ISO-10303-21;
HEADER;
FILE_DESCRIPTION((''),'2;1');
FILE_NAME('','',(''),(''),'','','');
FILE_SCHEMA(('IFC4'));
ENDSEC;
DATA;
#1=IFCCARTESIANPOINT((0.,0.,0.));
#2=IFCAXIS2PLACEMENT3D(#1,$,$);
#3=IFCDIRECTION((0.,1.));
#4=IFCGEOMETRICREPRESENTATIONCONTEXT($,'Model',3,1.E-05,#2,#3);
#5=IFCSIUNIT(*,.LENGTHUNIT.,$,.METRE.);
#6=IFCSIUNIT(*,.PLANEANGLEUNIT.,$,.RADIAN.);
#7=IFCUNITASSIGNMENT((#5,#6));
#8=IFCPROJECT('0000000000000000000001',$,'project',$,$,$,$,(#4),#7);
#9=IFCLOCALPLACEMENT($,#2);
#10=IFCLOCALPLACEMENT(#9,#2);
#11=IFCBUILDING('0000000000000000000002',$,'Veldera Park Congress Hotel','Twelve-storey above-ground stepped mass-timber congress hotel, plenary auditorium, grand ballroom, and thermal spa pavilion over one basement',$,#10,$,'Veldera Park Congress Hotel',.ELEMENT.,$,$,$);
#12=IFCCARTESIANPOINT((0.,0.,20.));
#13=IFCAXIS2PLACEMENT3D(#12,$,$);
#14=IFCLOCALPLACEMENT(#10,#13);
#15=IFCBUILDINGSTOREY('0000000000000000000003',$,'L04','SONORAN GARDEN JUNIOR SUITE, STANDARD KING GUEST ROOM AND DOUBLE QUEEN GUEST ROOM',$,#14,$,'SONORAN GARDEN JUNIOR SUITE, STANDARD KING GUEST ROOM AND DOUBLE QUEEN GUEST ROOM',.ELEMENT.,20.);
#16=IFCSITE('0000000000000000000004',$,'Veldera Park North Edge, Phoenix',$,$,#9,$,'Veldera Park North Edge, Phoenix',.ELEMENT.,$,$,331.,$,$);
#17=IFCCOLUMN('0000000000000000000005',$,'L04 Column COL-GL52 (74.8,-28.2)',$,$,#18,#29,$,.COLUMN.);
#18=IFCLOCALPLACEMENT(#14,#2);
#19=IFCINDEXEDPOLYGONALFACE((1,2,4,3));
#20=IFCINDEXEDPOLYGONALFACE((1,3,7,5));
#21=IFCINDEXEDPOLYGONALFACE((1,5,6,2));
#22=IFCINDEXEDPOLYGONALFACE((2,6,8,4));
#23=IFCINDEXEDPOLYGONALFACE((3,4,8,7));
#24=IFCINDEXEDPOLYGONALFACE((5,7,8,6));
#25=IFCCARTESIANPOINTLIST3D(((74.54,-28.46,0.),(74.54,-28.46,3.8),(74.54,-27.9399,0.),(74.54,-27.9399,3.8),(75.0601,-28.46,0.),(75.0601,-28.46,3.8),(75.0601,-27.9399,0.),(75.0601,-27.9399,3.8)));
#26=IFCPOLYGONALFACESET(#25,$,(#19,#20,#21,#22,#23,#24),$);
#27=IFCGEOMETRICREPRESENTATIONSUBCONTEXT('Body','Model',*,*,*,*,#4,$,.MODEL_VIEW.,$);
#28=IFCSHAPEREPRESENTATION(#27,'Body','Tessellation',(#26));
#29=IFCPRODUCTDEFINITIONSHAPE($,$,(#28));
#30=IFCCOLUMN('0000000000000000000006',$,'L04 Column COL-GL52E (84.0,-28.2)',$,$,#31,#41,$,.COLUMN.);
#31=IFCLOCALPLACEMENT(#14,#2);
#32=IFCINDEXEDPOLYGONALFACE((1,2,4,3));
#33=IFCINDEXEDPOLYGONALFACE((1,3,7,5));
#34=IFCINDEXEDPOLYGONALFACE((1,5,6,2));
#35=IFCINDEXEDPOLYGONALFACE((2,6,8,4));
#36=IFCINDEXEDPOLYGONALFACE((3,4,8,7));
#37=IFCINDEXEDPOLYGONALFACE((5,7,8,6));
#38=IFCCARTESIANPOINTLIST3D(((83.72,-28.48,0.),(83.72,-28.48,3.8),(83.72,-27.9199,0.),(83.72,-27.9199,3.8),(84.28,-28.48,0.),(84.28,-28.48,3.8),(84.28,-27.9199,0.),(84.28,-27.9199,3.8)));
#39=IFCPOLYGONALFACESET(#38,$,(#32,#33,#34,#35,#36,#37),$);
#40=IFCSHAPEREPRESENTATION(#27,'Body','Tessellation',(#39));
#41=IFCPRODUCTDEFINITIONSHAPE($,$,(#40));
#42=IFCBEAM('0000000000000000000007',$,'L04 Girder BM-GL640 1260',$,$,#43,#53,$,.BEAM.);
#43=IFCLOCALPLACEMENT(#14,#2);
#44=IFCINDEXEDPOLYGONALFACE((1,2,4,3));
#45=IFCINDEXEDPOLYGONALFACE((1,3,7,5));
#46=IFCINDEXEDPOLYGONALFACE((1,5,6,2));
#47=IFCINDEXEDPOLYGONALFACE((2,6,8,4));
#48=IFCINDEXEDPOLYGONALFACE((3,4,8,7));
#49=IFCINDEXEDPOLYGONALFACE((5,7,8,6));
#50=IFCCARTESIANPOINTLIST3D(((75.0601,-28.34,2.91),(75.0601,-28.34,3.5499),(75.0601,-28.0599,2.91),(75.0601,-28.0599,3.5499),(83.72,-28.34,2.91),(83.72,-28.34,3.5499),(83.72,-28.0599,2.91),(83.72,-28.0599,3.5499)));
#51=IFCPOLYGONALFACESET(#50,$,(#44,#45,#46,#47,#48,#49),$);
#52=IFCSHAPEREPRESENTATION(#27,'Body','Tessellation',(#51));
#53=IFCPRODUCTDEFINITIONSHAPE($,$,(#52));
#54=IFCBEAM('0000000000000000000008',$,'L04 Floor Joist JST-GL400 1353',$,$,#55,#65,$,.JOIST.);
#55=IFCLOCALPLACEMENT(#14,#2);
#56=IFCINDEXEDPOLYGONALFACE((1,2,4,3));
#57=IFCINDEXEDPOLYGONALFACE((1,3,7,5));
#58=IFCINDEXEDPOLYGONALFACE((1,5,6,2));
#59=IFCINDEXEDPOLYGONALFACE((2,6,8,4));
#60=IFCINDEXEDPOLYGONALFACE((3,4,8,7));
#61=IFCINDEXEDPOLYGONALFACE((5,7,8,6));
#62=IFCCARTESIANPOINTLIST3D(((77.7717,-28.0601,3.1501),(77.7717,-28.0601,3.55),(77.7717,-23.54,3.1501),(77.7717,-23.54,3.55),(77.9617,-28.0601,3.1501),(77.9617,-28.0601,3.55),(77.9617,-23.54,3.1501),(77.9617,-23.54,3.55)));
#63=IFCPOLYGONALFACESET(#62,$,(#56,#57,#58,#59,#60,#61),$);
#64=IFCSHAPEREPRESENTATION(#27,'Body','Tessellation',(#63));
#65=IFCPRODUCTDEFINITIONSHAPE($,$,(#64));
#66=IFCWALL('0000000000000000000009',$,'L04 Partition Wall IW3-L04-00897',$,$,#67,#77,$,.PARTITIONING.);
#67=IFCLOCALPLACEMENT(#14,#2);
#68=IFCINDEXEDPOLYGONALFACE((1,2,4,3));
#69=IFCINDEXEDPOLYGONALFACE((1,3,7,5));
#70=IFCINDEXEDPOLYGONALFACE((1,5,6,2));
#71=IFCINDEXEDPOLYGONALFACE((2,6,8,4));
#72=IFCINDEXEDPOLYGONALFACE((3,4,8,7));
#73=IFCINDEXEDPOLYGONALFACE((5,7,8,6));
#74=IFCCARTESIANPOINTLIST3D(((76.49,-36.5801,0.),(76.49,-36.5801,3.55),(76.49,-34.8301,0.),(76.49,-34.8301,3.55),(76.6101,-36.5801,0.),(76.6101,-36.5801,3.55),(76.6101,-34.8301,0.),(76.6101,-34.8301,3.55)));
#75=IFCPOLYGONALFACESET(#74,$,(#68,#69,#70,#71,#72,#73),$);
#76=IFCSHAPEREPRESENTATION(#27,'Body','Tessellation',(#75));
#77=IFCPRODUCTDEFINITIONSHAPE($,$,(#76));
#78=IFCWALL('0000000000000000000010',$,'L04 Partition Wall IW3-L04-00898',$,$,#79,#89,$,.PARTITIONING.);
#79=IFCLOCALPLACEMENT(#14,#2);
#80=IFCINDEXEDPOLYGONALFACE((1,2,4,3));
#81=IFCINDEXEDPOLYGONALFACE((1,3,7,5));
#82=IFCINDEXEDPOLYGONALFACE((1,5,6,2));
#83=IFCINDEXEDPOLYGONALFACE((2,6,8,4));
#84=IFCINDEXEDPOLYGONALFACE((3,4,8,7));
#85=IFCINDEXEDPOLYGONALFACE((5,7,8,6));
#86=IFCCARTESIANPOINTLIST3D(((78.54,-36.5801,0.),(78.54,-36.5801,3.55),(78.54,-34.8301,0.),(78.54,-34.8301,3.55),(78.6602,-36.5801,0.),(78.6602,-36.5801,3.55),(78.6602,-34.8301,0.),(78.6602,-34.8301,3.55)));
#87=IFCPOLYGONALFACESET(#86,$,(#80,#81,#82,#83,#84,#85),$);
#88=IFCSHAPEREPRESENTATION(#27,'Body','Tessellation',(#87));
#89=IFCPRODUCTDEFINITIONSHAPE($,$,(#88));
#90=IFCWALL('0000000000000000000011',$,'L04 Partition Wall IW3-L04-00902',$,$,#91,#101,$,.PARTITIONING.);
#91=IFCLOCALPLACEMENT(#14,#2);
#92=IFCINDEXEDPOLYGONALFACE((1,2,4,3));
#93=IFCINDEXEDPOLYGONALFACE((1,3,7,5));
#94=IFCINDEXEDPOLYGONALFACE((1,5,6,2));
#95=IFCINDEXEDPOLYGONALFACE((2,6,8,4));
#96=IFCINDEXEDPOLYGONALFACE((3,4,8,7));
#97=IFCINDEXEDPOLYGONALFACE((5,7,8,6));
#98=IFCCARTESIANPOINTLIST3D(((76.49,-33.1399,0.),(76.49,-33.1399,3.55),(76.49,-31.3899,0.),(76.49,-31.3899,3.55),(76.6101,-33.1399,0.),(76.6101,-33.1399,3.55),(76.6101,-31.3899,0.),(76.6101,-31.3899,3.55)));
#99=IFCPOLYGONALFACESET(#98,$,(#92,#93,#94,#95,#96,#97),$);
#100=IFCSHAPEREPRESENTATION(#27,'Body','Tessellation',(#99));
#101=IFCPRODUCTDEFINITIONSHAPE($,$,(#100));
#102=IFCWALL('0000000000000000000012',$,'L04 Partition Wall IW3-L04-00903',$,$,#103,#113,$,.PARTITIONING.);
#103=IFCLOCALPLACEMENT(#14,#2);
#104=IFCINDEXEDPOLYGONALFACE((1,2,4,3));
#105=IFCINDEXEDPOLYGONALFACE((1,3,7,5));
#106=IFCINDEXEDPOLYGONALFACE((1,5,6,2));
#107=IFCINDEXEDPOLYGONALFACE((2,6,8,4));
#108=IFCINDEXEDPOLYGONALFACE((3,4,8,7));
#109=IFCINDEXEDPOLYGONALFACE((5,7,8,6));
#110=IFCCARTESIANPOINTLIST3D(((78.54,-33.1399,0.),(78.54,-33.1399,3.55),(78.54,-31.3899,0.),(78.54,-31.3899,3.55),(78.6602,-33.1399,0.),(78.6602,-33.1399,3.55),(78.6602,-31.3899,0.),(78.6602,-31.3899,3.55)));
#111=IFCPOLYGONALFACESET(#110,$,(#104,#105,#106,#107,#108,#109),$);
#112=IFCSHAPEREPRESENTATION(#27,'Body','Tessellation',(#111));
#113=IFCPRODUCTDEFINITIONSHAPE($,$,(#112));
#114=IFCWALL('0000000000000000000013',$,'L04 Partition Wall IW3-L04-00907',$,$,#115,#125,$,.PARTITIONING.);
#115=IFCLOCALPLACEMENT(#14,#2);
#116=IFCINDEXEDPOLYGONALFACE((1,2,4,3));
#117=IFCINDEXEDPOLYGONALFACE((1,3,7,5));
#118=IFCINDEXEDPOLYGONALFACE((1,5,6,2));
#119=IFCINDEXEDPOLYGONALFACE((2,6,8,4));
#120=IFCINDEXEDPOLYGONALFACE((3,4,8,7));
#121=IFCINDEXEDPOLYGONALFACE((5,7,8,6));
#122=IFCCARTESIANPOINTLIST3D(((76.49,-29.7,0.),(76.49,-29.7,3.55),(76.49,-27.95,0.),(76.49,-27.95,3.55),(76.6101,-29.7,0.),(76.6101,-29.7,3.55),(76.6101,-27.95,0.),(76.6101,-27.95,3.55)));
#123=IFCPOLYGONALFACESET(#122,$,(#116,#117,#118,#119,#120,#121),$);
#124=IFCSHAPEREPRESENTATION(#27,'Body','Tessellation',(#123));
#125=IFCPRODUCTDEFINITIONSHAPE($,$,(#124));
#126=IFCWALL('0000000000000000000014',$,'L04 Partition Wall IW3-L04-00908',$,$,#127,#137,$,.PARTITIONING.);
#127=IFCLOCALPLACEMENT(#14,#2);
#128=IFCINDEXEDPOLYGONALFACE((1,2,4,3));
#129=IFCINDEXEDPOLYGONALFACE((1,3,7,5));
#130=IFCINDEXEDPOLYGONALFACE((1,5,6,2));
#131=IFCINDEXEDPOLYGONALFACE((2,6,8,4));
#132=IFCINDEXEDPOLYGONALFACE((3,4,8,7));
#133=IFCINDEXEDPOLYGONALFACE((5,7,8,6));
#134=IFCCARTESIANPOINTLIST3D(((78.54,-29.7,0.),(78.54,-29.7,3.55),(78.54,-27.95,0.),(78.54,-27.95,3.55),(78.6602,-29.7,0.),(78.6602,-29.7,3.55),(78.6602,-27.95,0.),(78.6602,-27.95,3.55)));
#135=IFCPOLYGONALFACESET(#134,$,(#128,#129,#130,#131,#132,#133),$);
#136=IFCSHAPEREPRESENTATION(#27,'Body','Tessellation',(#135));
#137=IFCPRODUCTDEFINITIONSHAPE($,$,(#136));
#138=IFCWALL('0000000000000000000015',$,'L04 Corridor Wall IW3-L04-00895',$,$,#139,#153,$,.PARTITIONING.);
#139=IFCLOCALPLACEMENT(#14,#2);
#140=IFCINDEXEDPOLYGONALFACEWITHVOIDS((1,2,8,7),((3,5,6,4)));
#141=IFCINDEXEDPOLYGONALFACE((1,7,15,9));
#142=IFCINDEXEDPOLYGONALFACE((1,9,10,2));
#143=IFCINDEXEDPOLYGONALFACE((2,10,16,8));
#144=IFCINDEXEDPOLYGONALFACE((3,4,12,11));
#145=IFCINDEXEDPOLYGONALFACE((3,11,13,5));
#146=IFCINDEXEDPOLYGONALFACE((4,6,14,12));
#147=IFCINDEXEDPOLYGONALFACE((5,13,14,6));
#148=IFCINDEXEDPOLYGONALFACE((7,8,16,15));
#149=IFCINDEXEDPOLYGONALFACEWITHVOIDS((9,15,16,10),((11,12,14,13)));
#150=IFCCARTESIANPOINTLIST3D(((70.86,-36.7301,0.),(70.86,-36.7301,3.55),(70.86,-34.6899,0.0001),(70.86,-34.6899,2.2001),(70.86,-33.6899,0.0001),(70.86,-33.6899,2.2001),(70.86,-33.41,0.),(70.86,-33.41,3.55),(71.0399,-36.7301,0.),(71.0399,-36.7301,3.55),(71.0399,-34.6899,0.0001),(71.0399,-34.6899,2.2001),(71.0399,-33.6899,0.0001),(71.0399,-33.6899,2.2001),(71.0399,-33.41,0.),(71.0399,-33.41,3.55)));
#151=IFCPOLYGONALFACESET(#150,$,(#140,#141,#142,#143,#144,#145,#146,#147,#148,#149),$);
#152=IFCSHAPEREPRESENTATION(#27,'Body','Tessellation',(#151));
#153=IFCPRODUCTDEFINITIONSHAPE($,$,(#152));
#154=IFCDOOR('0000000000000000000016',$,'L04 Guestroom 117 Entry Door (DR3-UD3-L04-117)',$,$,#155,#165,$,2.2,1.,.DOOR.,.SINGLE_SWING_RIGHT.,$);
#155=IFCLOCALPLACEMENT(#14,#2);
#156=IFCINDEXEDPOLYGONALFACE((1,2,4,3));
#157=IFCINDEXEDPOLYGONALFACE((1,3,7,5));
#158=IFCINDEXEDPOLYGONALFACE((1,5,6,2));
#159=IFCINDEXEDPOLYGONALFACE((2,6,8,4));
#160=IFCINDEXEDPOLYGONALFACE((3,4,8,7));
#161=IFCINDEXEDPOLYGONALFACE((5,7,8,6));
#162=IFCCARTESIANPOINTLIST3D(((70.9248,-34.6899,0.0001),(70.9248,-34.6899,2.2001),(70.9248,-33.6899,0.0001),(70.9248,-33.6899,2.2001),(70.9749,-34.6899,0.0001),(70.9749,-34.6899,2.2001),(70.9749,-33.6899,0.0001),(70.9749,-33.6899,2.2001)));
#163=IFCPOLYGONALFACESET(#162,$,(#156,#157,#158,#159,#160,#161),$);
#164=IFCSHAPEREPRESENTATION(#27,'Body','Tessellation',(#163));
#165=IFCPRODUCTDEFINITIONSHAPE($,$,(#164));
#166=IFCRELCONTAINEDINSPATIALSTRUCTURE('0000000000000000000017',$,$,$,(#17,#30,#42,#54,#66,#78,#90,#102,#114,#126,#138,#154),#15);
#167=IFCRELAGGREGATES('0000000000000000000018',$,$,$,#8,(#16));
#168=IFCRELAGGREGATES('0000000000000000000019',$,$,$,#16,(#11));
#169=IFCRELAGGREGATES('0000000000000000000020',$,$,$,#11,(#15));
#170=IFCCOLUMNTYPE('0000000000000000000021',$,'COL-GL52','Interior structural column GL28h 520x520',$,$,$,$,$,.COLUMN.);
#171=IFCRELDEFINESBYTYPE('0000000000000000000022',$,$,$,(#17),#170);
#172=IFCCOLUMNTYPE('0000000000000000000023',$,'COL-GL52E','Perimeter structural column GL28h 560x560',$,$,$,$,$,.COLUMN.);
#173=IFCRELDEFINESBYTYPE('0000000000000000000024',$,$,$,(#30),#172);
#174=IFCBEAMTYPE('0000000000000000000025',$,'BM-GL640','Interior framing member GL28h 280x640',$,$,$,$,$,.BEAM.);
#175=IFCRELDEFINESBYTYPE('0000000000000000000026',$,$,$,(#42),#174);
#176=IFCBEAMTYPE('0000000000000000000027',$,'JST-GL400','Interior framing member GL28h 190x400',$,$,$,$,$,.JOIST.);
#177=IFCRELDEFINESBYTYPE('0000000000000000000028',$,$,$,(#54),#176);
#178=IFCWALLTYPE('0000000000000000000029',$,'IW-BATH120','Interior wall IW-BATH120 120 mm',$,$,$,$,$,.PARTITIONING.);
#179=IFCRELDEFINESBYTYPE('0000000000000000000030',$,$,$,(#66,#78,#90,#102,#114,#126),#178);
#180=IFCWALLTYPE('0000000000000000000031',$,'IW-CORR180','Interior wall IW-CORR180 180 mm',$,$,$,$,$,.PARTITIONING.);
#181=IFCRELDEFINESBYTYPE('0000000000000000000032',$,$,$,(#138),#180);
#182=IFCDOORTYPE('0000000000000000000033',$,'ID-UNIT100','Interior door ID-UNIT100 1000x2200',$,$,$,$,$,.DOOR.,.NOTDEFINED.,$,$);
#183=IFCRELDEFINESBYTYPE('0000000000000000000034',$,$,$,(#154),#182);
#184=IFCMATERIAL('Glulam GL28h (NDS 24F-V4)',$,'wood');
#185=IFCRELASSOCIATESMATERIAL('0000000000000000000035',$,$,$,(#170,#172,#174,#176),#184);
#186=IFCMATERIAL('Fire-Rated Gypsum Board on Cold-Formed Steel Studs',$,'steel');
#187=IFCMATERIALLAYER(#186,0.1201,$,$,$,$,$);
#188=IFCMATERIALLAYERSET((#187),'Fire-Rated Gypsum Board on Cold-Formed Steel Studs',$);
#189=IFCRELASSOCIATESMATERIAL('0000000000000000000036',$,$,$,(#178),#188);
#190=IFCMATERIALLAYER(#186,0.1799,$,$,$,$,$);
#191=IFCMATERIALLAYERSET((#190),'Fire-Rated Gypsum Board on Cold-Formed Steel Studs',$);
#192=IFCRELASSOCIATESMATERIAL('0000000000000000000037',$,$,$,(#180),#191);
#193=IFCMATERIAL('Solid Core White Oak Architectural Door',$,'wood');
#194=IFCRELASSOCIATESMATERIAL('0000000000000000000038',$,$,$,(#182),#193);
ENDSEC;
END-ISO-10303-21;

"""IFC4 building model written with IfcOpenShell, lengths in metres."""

from ifc_helpers import new_model, si_unit, direction, frame, frame_2d, origin, origin_2d, place, context, subcontext, project, spatial, rectangle, extrude, material, layer, layer_set, material_profile, profile_set, type_object, element, fill, save


model = new_model("IFC4")

# Units and contexts
model_context = context("Model", 3, precision=1e-05, world=origin(), true_north=direction((0.0, 1.0)))
body_context = subcontext(model_context, "Body", "Model", "MODEL_VIEW")
ifc_project = project(units=[si_unit("LENGTHUNIT", "METRE"), si_unit("PLANEANGLEUNIT", "RADIAN")], contexts=[model_context])

# Site, building, storey
site_placement = place(None, origin())
site = spatial("IfcSite", under=ifc_project, at=site_placement, Name="Veldera Park North Edge, Phoenix", LongName="Veldera Park North Edge, Phoenix", CompositionType="ELEMENT", RefElevation=331.0)
building_placement = place(site_placement, origin())
building = spatial("IfcBuilding", under=site, at=building_placement, Name="Veldera Park Congress Hotel", Description="Twelve-storey above-ground stepped mass-timber congress hotel, plenary auditorium, grand ballroom, and thermal spa pavilion over one basement", LongName="Veldera Park Congress Hotel", CompositionType="ELEMENT")
storey_placement = place(building_placement, frame((0.0, 0.0, 20.0)))
storey = spatial("IfcBuildingStorey", under=building, at=storey_placement, Name="L04", Description="SONORAN GARDEN JUNIOR SUITE, STANDARD KING GUEST ROOM AND DOUBLE QUEEN GUEST ROOM", LongName="SONORAN GARDEN JUNIOR SUITE, STANDARD KING GUEST ROOM AND DOUBLE QUEEN GUEST ROOM", CompositionType="ELEMENT", Elevation=20.0)

# Columns
ifc_material_1 = material(Name="Glulam GL28h (NDS 24F-V4)", Category="wood")
ifc_material_profile_1 = material_profile(ifc_material_1, rectangle(XDim=0.52, YDim=0.52, at=origin_2d()), Name="GL28h 520x520")
ifc_profile_set_1 = profile_set([ifc_material_profile_1], Name="Glulam GL28h (NDS 24F-V4)")
column_type_1 = type_object("IfcColumnType", Name="COL-GL52", Description="Interior structural column GL28h 520x520", PredefinedType="COLUMN", material=ifc_profile_set_1)
column_1_placement = place(storey_placement, frame((74.8, -28.2, 0.0), z_axis=(0.0, 0.0, 1.0), x_axis=(1.0, 0.0, 0.0)))
element("IfcColumn", 1, at=column_1_placement, inside=storey, type_object=column_type_1, Name="L04 Column COL-GL52 (74.8,-28.2)", PredefinedType="COLUMN", context=body_context, shape_type="SweptSolid", body=[
    extrude(rectangle(XDim=0.52, YDim=0.52, at=origin_2d()), origin(), (0.0, 0.0, 1.0), 3.8),
])
ifc_material_profile_2 = material_profile(ifc_material_1, rectangle(XDim=0.5601, YDim=0.5601, at=origin_2d()), Name="GL28h 560x560")
ifc_profile_set_2 = profile_set([ifc_material_profile_2], Name="Glulam GL28h (NDS 24F-V4)")
column_type_2 = type_object("IfcColumnType", Name="COL-GL52E", Description="Perimeter structural column GL28h 560x560", PredefinedType="COLUMN", material=ifc_profile_set_2)
column_2_placement = place(storey_placement, frame((84.0, -28.2, 0.0), z_axis=(0.0, 0.0, 1.0), x_axis=(1.0, 0.0, 0.0)))
element("IfcColumn", 2, at=column_2_placement, inside=storey, type_object=column_type_2, Name="L04 Column COL-GL52E (84.0,-28.2)", PredefinedType="COLUMN", context=body_context, shape_type="SweptSolid", body=[
    extrude(rectangle(XDim=0.5601, YDim=0.5601, at=origin_2d()), origin(), (0.0, 0.0, 1.0), 3.8),
])

# Beams
ifc_material_profile_3 = material_profile(ifc_material_1, rectangle(XDim=0.28, YDim=0.6399, at=origin_2d()), Name="GL28h 280x640")
ifc_profile_set_3 = profile_set([ifc_material_profile_3], Name="Glulam GL28h (NDS 24F-V4)")
beam_type_1 = type_object("IfcBeamType", Name="BM-GL640", Description="Interior framing member GL28h 280x640", PredefinedType="BEAM", material=ifc_profile_set_3)
beam_1_placement = place(storey_placement, frame((75.0601, -28.2, 3.23), z_axis=(1.0, 0.0, 0.0), x_axis=(0.0, 1.0, 0.0)))
element("IfcBeam", 3, at=beam_1_placement, inside=storey, type_object=beam_type_1, Name="L04 Girder BM-GL640 1260", PredefinedType="BEAM", context=body_context, shape_type="SweptSolid", body=[
    extrude(rectangle(XDim=0.28, YDim=0.6399, at=origin_2d()), origin(), (0.0, 0.0, 1.0), 8.6599),
])
ifc_material_profile_4 = material_profile(ifc_material_1, rectangle(XDim=0.1899, YDim=0.3999, at=origin_2d()), Name="GL28h 190x400")
ifc_profile_set_4 = profile_set([ifc_material_profile_4], Name="Glulam GL28h (NDS 24F-V4)")
beam_type_2 = type_object("IfcBeamType", Name="JST-GL400", Description="Interior framing member GL28h 190x400", PredefinedType="JOIST", material=ifc_profile_set_4)
beam_2_placement = place(storey_placement, frame((77.8667, -28.0601, 3.3501), z_axis=(0.0, 1.0, 0.0), x_axis=(-1.0, 0.0, 0.0)))
element("IfcBeam", 4, at=beam_2_placement, inside=storey, type_object=beam_type_2, Name="L04 Floor Joist JST-GL400 1353", PredefinedType="JOIST", context=body_context, shape_type="SweptSolid", body=[
    extrude(rectangle(XDim=0.1899, YDim=0.3999, at=origin_2d()), origin(), (0.0, 0.0, 1.0), 4.52),
])

# Walls
ifc_material_2 = material(Name="Fire-Rated Gypsum Board on Cold-Formed Steel Studs", Category="steel")
ifc_layer_1 = layer(ifc_material_2, 0.1201)
ifc_layer_set_1 = layer_set([ifc_layer_1], Name="Fire-Rated Gypsum Board on Cold-Formed Steel Studs")
wall_type_1 = type_object("IfcWallType", Name="IW-BATH120", Description="Interior wall IW-BATH120 120 mm", PredefinedType="PARTITIONING", material=ifc_layer_set_1)
for number, where, z_axis, x_axis, name in (
    (5, (76.55, -36.5801, 0.0), (0.0, 0.0, 1.0), (0.0, 1.0, 0.0), "L04 Partition Wall IW3-L04-00897"),
    (6, (78.6001, -36.5801, 0.0), (0.0, 0.0, 1.0), (0.0, 1.0, 0.0), "L04 Partition Wall IW3-L04-00898"),
):
    element("IfcWall", number, at=place(storey_placement, frame(where, z_axis=z_axis, x_axis=x_axis)), inside=storey, type_object=wall_type_1, Name=name, PredefinedType="PARTITIONING", context=body_context, shape_type="SweptSolid", body=[
        extrude(rectangle(XDim=1.75, YDim=0.1201, at=frame_2d((0.875, 0.0))), origin(), (0.0, 0.0, 1.0), 3.55),
    ])

# Shared definitions
ifc_material_3 = material(Name="Solid Core White Oak Architectural Door", Category="wood")

# Walls
for number, where, z_axis, x_axis, name in (
    (7, (76.55, -33.1399, 0.0), (0.0, 0.0, 1.0), (0.0, 1.0, 0.0), "L04 Partition Wall IW3-L04-00902"),
    (8, (78.6001, -33.1399, 0.0), (0.0, 0.0, 1.0), (0.0, 1.0, 0.0), "L04 Partition Wall IW3-L04-00903"),
):
    element("IfcWall", number, at=place(storey_placement, frame(where, z_axis=z_axis, x_axis=x_axis)), inside=storey, type_object=wall_type_1, Name=name, PredefinedType="PARTITIONING", context=body_context, shape_type="SweptSolid", body=[
        extrude(rectangle(XDim=1.75, YDim=0.1201, at=frame_2d((0.875, 0.0))), origin(), (0.0, 0.0, 1.0), 3.55),
    ])

# Walls
for number, where, z_axis, x_axis, name in (
    (9, (76.55, -29.7, 0.0), (0.0, 0.0, 1.0), (0.0, 1.0, 0.0), "L04 Partition Wall IW3-L04-00907"),
    (10, (78.6001, -29.7, 0.0), (0.0, 0.0, 1.0), (0.0, 1.0, 0.0), "L04 Partition Wall IW3-L04-00908"),
):
    element("IfcWall", number, at=place(storey_placement, frame(where, z_axis=z_axis, x_axis=x_axis)), inside=storey, type_object=wall_type_1, Name=name, PredefinedType="PARTITIONING", context=body_context, shape_type="SweptSolid", body=[
        extrude(rectangle(XDim=1.75, YDim=0.1201, at=frame_2d((0.875, 0.0))), origin(), (0.0, 0.0, 1.0), 3.55),
    ])

# Wall, opening, door
ifc_layer_2 = layer(ifc_material_2, 0.1799)
ifc_layer_set_2 = layer_set([ifc_layer_2], Name="Fire-Rated Gypsum Board on Cold-Formed Steel Studs")
wall_type_2 = type_object("IfcWallType", Name="IW-CORR180", Description="Interior wall IW-CORR180 180 mm", PredefinedType="PARTITIONING", material=ifc_layer_set_2)
wall_1_placement = place(storey_placement, frame((70.95, -33.4099, 0.0), z_axis=(0.0, 0.0, 1.0), x_axis=(0.0, -1.0, 0.0)))
wall_1 = element("IfcWall", 11, at=wall_1_placement, inside=storey, type_object=wall_type_2, Name="L04 Corridor Wall IW3-L04-00895", PredefinedType="PARTITIONING", context=body_context, shape_type="SweptSolid", body=[
    extrude(rectangle(XDim=3.3201, YDim=0.1799, at=frame_2d((1.6602, 0.0))), origin(), (0.0, 0.0, 1.0), 3.55),
])
opening_1_placement = place(wall_1_placement, frame((0.28, 0.0, 0.0)))
opening_1 = element("IfcOpeningElement", 12, at=opening_1_placement, cuts=wall_1, PredefinedType="OPENING", context=body_context, shape_type="SweptSolid", body=[
    extrude(rectangle(XDim=1.0, YDim=2.2, at=frame_2d((0.5, 1.1001))), frame((0.0, 0.1021, 0.0), z_axis=(0.0, -1.0, 0.0), x_axis=(1.0, 0.0, 0.0)), (0.0, 0.0, 1.0), 0.2039),
])
door_type_1 = type_object("IfcDoorType", Name="ID-UNIT100", Description="Interior door ID-UNIT100 1000x2200", OperationType="NOTDEFINED", PredefinedType="DOOR", material=ifc_material_3)
door_1_placement = place(opening_1_placement, origin())
door_1 = element("IfcDoor", 13, at=door_1_placement, inside=storey, type_object=door_type_1, Name="L04 Guestroom 117 Entry Door (DR3-UD3-L04-117)", OperationType="SINGLE_SWING_RIGHT", OverallHeight=2.2, OverallWidth=1.0, PredefinedType="DOOR", context=body_context, shape_type="SweptSolid", body=[
    extrude(rectangle(XDim=1.0, YDim=2.2, at=frame_2d((0.5, 1.1001))), frame((0.0, 0.0249, 0.0), z_axis=(0.0, -1.0, 0.0), x_axis=(1.0, 0.0, 0.0)), (0.0, 0.0, 1.0), 0.05),
])
fill(opening_1, door_1)

save(model, "model.ifc")
